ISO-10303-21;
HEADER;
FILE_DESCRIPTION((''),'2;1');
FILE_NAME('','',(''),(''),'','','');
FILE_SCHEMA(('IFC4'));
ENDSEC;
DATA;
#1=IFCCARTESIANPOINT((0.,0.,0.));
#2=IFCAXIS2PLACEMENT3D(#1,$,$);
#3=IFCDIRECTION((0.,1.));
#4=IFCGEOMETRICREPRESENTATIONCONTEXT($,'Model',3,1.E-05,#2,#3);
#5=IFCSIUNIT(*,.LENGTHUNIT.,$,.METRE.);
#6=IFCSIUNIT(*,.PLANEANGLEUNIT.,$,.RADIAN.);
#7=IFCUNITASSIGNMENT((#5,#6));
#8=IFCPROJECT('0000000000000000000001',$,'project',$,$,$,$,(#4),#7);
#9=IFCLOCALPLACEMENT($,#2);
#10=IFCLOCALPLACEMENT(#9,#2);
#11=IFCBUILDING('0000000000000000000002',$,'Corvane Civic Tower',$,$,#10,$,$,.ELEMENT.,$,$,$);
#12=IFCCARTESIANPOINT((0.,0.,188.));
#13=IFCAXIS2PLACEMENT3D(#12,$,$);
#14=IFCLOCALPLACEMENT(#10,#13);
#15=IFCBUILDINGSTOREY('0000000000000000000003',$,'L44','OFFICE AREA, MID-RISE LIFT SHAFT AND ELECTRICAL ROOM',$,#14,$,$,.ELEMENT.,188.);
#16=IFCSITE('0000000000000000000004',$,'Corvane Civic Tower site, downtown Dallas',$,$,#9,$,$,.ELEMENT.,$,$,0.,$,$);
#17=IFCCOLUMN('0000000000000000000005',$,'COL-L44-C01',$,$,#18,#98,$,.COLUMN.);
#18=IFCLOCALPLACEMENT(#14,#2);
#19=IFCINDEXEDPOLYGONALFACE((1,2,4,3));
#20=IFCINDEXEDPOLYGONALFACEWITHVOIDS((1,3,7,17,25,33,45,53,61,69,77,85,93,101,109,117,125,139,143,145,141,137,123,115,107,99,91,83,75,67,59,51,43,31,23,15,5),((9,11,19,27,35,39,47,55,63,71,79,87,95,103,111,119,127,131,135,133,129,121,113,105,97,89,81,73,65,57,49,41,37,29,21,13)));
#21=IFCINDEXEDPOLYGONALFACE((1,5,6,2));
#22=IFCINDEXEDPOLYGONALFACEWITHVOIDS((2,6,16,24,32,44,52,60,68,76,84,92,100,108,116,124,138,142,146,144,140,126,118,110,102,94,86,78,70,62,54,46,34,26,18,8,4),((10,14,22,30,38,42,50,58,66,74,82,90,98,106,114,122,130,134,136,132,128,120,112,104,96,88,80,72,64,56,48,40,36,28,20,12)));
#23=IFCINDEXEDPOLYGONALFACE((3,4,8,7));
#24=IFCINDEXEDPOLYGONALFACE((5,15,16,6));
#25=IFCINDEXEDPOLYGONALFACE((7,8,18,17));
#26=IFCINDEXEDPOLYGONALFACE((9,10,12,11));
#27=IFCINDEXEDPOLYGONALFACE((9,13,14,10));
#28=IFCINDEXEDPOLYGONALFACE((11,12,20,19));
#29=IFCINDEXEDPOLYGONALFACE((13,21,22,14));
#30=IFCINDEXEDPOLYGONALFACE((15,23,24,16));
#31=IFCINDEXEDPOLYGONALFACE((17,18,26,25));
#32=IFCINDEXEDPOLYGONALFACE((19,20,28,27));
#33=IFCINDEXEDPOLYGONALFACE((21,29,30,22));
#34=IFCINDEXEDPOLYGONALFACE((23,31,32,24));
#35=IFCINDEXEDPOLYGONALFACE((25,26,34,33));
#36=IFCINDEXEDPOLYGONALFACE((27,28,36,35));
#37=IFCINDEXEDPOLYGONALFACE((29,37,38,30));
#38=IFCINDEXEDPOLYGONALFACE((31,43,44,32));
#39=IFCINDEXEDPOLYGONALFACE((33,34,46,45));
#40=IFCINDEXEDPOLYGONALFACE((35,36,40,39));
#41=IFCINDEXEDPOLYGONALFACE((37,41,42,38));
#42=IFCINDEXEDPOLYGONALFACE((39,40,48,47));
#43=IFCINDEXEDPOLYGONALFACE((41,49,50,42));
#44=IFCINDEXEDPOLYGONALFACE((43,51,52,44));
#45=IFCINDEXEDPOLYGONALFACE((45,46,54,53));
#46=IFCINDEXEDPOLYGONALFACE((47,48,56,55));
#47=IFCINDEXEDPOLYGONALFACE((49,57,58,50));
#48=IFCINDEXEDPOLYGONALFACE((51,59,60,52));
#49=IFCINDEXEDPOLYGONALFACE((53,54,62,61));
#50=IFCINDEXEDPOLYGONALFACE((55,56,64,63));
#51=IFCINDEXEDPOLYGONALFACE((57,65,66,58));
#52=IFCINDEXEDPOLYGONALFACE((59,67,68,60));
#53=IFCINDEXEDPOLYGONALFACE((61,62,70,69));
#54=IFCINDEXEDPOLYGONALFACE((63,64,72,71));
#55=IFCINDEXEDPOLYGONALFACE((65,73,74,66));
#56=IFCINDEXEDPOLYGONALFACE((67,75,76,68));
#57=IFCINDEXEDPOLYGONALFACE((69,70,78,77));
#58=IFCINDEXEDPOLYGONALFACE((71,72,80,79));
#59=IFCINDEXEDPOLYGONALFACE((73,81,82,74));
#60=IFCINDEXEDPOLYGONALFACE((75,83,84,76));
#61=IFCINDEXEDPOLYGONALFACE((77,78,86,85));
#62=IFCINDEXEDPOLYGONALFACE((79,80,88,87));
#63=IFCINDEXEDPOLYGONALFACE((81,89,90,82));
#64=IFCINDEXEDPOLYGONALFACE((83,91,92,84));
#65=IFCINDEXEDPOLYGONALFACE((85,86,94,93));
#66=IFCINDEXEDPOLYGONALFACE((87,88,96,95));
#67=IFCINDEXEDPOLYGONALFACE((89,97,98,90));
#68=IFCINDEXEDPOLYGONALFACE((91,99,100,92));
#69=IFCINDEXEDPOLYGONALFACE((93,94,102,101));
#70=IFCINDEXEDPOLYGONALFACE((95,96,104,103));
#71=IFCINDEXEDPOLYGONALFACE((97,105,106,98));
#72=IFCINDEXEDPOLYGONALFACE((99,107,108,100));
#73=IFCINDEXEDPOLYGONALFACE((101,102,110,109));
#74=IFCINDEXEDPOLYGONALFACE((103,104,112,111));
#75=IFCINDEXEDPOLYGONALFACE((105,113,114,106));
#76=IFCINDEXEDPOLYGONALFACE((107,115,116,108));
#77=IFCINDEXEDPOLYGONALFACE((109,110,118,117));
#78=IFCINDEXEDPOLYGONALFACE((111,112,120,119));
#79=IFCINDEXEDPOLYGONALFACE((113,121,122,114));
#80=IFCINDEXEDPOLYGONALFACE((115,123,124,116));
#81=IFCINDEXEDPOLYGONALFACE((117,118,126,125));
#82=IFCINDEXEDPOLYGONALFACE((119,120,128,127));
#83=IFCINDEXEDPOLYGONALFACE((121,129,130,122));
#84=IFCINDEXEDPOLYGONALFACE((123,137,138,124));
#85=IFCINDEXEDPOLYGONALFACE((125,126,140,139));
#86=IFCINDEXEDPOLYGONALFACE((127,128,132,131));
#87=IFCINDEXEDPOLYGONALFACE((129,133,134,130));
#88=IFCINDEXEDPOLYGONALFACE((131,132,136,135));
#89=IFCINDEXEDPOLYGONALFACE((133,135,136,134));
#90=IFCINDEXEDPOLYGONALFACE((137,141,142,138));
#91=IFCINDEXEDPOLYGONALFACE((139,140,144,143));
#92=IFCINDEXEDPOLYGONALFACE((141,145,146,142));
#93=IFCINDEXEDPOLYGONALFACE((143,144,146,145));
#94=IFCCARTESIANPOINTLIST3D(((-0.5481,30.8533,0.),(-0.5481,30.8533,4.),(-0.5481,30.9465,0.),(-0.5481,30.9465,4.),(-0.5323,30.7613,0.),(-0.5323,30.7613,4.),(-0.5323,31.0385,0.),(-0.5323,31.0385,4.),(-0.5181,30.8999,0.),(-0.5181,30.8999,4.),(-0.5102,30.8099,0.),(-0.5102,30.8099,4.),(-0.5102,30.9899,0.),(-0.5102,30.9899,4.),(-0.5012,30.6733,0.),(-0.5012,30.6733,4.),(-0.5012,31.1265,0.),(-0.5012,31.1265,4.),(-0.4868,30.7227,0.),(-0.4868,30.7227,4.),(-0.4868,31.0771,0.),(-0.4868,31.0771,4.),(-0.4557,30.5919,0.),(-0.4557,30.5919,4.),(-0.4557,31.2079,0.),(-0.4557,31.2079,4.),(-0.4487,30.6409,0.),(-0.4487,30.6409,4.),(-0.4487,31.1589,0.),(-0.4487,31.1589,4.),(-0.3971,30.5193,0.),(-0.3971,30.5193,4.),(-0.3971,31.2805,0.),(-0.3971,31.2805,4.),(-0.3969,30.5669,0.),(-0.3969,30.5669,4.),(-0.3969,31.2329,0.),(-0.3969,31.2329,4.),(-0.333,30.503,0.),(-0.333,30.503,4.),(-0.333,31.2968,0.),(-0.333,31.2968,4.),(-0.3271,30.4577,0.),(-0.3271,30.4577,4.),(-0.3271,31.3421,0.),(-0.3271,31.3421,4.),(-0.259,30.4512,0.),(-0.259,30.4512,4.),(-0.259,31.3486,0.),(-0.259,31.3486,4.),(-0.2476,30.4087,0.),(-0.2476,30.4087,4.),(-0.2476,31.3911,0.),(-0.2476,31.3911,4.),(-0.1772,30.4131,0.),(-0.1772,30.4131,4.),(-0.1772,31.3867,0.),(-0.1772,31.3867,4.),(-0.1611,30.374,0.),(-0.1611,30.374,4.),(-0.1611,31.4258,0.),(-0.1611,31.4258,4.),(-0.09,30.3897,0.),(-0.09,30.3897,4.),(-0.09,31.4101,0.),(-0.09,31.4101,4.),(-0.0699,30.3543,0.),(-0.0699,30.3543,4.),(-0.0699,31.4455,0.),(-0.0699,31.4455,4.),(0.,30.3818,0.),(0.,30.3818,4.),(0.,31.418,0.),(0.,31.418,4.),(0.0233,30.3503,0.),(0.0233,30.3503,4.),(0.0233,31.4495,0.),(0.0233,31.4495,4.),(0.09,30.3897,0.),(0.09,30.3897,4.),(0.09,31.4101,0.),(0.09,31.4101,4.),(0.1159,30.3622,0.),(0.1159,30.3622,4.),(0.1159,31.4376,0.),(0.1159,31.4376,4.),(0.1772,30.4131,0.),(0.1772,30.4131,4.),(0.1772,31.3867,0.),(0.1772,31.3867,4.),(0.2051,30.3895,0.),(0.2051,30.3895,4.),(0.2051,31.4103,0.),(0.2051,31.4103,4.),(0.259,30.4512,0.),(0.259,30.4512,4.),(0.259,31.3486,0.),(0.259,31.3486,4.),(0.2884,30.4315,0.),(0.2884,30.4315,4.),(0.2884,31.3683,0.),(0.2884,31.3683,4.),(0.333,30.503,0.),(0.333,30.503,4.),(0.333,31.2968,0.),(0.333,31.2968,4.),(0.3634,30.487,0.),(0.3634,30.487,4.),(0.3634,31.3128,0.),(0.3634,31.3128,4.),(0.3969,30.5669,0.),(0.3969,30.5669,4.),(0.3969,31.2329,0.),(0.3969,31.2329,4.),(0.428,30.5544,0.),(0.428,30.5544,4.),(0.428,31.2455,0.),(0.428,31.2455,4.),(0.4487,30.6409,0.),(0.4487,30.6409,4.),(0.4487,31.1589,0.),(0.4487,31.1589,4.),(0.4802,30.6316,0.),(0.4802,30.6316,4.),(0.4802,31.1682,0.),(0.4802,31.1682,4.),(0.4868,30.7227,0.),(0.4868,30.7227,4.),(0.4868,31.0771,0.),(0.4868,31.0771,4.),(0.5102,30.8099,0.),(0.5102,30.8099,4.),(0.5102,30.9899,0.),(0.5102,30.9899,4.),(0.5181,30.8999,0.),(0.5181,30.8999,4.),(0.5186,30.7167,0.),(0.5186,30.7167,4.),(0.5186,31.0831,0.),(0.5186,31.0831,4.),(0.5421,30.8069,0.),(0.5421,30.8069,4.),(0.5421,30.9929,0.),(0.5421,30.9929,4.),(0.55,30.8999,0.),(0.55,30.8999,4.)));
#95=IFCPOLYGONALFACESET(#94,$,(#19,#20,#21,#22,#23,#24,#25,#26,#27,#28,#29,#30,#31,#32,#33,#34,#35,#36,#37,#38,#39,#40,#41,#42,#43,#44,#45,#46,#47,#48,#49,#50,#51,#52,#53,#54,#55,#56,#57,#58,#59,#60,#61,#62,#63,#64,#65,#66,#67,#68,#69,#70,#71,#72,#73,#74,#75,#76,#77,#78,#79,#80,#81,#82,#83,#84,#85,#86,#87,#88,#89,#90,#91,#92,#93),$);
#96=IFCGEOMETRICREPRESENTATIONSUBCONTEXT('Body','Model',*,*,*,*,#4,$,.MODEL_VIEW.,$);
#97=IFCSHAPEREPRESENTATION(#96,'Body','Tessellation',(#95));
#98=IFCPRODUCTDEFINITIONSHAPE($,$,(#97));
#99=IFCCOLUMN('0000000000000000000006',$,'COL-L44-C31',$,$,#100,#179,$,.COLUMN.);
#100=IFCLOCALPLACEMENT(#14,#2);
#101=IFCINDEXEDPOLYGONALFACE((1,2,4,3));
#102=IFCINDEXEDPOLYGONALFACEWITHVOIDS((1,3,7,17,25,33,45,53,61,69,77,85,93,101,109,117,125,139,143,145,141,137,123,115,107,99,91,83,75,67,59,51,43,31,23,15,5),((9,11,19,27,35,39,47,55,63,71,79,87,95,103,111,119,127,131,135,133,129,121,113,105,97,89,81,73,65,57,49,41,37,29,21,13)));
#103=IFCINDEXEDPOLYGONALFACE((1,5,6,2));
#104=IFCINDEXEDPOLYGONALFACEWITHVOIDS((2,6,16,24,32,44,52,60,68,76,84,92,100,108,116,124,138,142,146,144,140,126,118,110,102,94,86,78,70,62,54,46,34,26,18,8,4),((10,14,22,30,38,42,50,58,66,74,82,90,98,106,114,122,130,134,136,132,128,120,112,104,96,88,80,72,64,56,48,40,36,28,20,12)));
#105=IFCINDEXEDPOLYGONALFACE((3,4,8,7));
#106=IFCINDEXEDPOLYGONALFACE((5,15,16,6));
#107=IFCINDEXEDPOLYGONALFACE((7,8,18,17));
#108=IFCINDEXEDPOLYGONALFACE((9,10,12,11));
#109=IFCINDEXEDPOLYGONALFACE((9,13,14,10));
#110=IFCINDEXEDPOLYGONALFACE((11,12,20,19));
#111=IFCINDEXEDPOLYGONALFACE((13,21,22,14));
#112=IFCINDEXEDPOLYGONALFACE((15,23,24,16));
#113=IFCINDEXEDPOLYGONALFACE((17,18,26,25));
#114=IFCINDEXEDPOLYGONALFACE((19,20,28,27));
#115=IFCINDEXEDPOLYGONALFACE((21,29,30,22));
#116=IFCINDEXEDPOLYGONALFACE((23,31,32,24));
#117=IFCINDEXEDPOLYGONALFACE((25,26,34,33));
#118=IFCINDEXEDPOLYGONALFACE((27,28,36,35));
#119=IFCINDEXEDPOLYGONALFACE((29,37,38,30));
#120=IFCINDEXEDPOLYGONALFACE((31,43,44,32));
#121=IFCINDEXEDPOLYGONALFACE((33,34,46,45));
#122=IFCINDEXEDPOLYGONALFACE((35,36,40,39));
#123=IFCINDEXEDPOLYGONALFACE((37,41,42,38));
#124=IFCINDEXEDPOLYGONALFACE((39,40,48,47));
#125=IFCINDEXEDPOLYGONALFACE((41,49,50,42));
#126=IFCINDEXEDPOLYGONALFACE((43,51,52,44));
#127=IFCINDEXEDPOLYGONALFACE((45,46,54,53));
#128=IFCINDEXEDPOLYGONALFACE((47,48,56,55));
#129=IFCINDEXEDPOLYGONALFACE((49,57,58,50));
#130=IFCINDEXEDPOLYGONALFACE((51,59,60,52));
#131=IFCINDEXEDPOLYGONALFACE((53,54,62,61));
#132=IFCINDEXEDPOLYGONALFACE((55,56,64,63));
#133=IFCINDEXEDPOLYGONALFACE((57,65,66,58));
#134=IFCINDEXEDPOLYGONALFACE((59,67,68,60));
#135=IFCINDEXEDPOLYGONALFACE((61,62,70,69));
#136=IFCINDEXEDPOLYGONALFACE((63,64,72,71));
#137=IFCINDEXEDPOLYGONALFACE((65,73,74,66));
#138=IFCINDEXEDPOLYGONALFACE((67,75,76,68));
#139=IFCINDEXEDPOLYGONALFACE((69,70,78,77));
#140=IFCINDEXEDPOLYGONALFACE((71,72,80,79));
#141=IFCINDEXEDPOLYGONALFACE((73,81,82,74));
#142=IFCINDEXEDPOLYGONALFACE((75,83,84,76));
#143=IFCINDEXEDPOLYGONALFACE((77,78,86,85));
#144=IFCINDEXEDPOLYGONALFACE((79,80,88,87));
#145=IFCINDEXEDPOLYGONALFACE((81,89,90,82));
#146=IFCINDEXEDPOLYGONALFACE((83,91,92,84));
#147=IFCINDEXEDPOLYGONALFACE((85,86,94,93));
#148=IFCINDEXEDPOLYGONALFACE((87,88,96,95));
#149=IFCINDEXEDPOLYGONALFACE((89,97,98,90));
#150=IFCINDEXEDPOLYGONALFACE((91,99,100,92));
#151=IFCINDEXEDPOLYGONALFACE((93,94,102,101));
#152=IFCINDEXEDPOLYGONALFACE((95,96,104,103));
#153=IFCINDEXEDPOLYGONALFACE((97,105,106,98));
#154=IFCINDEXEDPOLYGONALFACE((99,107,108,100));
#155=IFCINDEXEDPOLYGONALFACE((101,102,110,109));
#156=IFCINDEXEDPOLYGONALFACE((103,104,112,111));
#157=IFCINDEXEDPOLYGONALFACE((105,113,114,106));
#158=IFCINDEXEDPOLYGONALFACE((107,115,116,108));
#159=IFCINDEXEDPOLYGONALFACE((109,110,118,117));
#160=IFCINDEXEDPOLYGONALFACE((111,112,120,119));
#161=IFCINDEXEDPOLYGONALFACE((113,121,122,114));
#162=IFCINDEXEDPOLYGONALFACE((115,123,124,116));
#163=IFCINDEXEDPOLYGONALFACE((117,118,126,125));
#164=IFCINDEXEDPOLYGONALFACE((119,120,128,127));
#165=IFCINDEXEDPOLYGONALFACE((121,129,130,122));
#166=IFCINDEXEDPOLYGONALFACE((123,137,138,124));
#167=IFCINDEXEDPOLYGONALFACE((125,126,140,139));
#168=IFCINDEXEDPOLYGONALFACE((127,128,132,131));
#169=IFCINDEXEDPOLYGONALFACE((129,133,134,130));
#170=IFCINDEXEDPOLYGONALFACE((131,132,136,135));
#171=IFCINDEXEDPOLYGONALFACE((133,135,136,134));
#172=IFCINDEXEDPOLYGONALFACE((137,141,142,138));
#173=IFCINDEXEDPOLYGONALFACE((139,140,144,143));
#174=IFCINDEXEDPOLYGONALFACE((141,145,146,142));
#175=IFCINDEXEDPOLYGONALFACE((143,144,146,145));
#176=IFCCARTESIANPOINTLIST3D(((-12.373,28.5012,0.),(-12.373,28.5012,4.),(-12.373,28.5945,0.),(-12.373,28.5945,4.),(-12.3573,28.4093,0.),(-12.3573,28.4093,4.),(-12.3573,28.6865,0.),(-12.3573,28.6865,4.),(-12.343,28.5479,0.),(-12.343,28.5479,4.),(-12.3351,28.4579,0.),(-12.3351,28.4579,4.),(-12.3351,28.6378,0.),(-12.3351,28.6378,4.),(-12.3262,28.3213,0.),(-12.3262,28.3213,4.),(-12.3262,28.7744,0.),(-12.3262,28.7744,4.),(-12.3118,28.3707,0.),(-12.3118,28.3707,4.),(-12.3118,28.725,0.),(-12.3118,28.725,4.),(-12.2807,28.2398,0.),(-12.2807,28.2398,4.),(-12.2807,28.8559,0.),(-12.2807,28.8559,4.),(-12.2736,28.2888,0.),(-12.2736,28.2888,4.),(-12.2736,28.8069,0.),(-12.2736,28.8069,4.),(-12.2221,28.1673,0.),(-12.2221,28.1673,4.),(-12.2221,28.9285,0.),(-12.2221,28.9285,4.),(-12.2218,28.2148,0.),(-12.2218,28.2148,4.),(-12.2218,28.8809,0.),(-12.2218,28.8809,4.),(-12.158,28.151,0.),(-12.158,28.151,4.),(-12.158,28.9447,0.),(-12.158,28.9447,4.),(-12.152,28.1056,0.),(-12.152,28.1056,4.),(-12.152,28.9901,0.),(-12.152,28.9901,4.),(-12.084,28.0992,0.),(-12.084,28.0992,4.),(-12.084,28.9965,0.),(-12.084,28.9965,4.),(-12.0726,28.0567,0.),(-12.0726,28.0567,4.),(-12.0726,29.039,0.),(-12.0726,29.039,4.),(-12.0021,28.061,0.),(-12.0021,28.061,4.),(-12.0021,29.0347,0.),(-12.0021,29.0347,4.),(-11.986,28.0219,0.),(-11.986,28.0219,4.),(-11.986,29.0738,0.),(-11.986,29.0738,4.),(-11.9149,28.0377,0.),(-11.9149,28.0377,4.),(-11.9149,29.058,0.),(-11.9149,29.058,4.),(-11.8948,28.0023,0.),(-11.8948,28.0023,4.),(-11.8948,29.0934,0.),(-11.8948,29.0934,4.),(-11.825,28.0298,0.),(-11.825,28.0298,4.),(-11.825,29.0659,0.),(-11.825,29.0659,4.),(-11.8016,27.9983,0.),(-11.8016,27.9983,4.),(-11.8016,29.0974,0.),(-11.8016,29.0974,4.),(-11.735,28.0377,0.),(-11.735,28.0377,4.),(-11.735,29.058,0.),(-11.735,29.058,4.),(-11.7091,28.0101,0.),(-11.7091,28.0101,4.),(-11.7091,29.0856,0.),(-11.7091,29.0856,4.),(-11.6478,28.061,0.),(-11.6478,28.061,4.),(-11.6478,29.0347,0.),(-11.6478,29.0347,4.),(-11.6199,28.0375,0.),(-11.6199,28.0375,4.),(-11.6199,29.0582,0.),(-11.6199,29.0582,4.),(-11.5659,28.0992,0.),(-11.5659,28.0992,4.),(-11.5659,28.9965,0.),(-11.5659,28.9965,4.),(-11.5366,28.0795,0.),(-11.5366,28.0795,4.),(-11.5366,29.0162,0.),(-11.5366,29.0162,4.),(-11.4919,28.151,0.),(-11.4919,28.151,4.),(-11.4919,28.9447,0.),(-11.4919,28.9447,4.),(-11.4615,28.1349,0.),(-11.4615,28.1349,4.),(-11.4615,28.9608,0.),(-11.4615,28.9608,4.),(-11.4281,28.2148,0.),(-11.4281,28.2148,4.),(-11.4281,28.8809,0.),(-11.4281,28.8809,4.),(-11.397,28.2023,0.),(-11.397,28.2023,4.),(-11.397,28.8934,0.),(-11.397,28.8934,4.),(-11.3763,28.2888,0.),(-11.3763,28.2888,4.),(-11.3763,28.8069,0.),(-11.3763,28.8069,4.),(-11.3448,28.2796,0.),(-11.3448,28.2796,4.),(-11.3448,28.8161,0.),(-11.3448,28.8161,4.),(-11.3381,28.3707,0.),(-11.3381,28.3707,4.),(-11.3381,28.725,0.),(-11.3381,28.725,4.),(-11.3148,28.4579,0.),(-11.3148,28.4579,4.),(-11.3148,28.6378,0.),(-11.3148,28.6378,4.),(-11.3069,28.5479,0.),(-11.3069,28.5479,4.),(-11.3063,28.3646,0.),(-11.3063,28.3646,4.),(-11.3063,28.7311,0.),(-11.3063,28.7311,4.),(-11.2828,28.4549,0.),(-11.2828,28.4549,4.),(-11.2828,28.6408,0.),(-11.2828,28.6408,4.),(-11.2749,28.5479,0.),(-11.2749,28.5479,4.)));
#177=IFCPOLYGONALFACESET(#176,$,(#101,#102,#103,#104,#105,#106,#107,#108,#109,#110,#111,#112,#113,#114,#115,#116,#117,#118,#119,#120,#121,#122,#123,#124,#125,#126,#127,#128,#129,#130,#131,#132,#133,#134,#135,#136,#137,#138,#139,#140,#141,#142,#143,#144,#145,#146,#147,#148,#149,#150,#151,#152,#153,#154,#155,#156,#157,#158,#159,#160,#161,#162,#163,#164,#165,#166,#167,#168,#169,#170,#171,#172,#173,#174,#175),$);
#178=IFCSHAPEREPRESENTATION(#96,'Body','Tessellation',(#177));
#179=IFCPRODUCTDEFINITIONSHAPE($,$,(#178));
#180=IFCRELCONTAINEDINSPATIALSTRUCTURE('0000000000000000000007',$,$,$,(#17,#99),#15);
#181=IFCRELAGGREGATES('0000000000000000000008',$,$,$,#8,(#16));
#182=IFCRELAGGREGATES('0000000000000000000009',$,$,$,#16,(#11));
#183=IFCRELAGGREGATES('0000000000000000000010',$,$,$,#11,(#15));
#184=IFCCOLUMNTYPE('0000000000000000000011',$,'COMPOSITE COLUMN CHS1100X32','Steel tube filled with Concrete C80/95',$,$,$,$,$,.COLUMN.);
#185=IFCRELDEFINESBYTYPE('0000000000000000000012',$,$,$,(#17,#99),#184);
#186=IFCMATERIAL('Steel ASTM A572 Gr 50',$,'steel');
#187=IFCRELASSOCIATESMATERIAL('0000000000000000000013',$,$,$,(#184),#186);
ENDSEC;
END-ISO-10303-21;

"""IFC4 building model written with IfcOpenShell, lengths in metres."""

from ifc_helpers import new_model, si_unit, direction, frame, origin, origin_2d, place, context, subcontext, project, spatial, hollow_circle, extrude, material, material_profile, profile_set, type_object, element, save


model = new_model("IFC4")

# Units and contexts
model_context = context("Model", 3, precision=1e-05, world=origin(), true_north=direction((0.0, 1.0)))
body_context = subcontext(model_context, "Body", "Model", "MODEL_VIEW")
ifc_project = project(units=[si_unit("LENGTHUNIT", "METRE"), si_unit("PLANEANGLEUNIT", "RADIAN")], contexts=[model_context])

# Site, building, storey
site_placement = place(None, origin())
site = spatial("IfcSite", under=ifc_project, at=site_placement, Name="Corvane Civic Tower site, downtown Dallas", CompositionType="ELEMENT", RefElevation=0.0)
building_placement = place(site_placement, origin())
building = spatial("IfcBuilding", under=site, at=building_placement, Name="Corvane Civic Tower", CompositionType="ELEMENT")
storey_placement = place(building_placement, frame((0.0, 0.0, 188.0)))
storey = spatial("IfcBuildingStorey", under=building, at=storey_placement, Name="L44", Description="OFFICE AREA, MID-RISE LIFT SHAFT AND ELECTRICAL ROOM", CompositionType="ELEMENT", Elevation=188.0)

# Columns
ifc_material_1 = material(Name="Steel ASTM A572 Gr 50", Category="steel")
ifc_material_profile_1 = material_profile(ifc_material_1, hollow_circle(Radius=0.55, WallThickness=0.032, at=origin_2d()), Name="CHS1100X32")
ifc_profile_set_1 = profile_set([ifc_material_profile_1], Name="Steel ASTM A572 Gr 50")
column_type = type_object("IfcColumnType", Name="COMPOSITE COLUMN CHS1100X32", Description="Steel tube filled with Concrete C80/95", PredefinedType="COLUMN", material=ifc_profile_set_1)
for number, where, z_axis, x_axis, name in (
    (1, (0.0, 30.8999, 0.0), (0.0, 0.0, 1.0), (1.0, 0.0, 0.0), "COL-L44-C01"),
    (2, (-11.825, 28.5479, 0.0), (0.0, 0.0, 1.0), (1.0, 0.0, 0.0), "COL-L44-C31"),
):
    element("IfcColumn", number, at=place(storey_placement, frame(where, z_axis=z_axis, x_axis=x_axis)), inside=storey, type_object=column_type, Name=name, PredefinedType="COLUMN", context=body_context, shape_type="SweptSolid", body=[
        extrude(hollow_circle(Radius=0.55, WallThickness=0.032, at=origin_2d()), origin(), (0.0, 0.0, 1.0), 4.0),
    ])

save(model, "model.ifc")
